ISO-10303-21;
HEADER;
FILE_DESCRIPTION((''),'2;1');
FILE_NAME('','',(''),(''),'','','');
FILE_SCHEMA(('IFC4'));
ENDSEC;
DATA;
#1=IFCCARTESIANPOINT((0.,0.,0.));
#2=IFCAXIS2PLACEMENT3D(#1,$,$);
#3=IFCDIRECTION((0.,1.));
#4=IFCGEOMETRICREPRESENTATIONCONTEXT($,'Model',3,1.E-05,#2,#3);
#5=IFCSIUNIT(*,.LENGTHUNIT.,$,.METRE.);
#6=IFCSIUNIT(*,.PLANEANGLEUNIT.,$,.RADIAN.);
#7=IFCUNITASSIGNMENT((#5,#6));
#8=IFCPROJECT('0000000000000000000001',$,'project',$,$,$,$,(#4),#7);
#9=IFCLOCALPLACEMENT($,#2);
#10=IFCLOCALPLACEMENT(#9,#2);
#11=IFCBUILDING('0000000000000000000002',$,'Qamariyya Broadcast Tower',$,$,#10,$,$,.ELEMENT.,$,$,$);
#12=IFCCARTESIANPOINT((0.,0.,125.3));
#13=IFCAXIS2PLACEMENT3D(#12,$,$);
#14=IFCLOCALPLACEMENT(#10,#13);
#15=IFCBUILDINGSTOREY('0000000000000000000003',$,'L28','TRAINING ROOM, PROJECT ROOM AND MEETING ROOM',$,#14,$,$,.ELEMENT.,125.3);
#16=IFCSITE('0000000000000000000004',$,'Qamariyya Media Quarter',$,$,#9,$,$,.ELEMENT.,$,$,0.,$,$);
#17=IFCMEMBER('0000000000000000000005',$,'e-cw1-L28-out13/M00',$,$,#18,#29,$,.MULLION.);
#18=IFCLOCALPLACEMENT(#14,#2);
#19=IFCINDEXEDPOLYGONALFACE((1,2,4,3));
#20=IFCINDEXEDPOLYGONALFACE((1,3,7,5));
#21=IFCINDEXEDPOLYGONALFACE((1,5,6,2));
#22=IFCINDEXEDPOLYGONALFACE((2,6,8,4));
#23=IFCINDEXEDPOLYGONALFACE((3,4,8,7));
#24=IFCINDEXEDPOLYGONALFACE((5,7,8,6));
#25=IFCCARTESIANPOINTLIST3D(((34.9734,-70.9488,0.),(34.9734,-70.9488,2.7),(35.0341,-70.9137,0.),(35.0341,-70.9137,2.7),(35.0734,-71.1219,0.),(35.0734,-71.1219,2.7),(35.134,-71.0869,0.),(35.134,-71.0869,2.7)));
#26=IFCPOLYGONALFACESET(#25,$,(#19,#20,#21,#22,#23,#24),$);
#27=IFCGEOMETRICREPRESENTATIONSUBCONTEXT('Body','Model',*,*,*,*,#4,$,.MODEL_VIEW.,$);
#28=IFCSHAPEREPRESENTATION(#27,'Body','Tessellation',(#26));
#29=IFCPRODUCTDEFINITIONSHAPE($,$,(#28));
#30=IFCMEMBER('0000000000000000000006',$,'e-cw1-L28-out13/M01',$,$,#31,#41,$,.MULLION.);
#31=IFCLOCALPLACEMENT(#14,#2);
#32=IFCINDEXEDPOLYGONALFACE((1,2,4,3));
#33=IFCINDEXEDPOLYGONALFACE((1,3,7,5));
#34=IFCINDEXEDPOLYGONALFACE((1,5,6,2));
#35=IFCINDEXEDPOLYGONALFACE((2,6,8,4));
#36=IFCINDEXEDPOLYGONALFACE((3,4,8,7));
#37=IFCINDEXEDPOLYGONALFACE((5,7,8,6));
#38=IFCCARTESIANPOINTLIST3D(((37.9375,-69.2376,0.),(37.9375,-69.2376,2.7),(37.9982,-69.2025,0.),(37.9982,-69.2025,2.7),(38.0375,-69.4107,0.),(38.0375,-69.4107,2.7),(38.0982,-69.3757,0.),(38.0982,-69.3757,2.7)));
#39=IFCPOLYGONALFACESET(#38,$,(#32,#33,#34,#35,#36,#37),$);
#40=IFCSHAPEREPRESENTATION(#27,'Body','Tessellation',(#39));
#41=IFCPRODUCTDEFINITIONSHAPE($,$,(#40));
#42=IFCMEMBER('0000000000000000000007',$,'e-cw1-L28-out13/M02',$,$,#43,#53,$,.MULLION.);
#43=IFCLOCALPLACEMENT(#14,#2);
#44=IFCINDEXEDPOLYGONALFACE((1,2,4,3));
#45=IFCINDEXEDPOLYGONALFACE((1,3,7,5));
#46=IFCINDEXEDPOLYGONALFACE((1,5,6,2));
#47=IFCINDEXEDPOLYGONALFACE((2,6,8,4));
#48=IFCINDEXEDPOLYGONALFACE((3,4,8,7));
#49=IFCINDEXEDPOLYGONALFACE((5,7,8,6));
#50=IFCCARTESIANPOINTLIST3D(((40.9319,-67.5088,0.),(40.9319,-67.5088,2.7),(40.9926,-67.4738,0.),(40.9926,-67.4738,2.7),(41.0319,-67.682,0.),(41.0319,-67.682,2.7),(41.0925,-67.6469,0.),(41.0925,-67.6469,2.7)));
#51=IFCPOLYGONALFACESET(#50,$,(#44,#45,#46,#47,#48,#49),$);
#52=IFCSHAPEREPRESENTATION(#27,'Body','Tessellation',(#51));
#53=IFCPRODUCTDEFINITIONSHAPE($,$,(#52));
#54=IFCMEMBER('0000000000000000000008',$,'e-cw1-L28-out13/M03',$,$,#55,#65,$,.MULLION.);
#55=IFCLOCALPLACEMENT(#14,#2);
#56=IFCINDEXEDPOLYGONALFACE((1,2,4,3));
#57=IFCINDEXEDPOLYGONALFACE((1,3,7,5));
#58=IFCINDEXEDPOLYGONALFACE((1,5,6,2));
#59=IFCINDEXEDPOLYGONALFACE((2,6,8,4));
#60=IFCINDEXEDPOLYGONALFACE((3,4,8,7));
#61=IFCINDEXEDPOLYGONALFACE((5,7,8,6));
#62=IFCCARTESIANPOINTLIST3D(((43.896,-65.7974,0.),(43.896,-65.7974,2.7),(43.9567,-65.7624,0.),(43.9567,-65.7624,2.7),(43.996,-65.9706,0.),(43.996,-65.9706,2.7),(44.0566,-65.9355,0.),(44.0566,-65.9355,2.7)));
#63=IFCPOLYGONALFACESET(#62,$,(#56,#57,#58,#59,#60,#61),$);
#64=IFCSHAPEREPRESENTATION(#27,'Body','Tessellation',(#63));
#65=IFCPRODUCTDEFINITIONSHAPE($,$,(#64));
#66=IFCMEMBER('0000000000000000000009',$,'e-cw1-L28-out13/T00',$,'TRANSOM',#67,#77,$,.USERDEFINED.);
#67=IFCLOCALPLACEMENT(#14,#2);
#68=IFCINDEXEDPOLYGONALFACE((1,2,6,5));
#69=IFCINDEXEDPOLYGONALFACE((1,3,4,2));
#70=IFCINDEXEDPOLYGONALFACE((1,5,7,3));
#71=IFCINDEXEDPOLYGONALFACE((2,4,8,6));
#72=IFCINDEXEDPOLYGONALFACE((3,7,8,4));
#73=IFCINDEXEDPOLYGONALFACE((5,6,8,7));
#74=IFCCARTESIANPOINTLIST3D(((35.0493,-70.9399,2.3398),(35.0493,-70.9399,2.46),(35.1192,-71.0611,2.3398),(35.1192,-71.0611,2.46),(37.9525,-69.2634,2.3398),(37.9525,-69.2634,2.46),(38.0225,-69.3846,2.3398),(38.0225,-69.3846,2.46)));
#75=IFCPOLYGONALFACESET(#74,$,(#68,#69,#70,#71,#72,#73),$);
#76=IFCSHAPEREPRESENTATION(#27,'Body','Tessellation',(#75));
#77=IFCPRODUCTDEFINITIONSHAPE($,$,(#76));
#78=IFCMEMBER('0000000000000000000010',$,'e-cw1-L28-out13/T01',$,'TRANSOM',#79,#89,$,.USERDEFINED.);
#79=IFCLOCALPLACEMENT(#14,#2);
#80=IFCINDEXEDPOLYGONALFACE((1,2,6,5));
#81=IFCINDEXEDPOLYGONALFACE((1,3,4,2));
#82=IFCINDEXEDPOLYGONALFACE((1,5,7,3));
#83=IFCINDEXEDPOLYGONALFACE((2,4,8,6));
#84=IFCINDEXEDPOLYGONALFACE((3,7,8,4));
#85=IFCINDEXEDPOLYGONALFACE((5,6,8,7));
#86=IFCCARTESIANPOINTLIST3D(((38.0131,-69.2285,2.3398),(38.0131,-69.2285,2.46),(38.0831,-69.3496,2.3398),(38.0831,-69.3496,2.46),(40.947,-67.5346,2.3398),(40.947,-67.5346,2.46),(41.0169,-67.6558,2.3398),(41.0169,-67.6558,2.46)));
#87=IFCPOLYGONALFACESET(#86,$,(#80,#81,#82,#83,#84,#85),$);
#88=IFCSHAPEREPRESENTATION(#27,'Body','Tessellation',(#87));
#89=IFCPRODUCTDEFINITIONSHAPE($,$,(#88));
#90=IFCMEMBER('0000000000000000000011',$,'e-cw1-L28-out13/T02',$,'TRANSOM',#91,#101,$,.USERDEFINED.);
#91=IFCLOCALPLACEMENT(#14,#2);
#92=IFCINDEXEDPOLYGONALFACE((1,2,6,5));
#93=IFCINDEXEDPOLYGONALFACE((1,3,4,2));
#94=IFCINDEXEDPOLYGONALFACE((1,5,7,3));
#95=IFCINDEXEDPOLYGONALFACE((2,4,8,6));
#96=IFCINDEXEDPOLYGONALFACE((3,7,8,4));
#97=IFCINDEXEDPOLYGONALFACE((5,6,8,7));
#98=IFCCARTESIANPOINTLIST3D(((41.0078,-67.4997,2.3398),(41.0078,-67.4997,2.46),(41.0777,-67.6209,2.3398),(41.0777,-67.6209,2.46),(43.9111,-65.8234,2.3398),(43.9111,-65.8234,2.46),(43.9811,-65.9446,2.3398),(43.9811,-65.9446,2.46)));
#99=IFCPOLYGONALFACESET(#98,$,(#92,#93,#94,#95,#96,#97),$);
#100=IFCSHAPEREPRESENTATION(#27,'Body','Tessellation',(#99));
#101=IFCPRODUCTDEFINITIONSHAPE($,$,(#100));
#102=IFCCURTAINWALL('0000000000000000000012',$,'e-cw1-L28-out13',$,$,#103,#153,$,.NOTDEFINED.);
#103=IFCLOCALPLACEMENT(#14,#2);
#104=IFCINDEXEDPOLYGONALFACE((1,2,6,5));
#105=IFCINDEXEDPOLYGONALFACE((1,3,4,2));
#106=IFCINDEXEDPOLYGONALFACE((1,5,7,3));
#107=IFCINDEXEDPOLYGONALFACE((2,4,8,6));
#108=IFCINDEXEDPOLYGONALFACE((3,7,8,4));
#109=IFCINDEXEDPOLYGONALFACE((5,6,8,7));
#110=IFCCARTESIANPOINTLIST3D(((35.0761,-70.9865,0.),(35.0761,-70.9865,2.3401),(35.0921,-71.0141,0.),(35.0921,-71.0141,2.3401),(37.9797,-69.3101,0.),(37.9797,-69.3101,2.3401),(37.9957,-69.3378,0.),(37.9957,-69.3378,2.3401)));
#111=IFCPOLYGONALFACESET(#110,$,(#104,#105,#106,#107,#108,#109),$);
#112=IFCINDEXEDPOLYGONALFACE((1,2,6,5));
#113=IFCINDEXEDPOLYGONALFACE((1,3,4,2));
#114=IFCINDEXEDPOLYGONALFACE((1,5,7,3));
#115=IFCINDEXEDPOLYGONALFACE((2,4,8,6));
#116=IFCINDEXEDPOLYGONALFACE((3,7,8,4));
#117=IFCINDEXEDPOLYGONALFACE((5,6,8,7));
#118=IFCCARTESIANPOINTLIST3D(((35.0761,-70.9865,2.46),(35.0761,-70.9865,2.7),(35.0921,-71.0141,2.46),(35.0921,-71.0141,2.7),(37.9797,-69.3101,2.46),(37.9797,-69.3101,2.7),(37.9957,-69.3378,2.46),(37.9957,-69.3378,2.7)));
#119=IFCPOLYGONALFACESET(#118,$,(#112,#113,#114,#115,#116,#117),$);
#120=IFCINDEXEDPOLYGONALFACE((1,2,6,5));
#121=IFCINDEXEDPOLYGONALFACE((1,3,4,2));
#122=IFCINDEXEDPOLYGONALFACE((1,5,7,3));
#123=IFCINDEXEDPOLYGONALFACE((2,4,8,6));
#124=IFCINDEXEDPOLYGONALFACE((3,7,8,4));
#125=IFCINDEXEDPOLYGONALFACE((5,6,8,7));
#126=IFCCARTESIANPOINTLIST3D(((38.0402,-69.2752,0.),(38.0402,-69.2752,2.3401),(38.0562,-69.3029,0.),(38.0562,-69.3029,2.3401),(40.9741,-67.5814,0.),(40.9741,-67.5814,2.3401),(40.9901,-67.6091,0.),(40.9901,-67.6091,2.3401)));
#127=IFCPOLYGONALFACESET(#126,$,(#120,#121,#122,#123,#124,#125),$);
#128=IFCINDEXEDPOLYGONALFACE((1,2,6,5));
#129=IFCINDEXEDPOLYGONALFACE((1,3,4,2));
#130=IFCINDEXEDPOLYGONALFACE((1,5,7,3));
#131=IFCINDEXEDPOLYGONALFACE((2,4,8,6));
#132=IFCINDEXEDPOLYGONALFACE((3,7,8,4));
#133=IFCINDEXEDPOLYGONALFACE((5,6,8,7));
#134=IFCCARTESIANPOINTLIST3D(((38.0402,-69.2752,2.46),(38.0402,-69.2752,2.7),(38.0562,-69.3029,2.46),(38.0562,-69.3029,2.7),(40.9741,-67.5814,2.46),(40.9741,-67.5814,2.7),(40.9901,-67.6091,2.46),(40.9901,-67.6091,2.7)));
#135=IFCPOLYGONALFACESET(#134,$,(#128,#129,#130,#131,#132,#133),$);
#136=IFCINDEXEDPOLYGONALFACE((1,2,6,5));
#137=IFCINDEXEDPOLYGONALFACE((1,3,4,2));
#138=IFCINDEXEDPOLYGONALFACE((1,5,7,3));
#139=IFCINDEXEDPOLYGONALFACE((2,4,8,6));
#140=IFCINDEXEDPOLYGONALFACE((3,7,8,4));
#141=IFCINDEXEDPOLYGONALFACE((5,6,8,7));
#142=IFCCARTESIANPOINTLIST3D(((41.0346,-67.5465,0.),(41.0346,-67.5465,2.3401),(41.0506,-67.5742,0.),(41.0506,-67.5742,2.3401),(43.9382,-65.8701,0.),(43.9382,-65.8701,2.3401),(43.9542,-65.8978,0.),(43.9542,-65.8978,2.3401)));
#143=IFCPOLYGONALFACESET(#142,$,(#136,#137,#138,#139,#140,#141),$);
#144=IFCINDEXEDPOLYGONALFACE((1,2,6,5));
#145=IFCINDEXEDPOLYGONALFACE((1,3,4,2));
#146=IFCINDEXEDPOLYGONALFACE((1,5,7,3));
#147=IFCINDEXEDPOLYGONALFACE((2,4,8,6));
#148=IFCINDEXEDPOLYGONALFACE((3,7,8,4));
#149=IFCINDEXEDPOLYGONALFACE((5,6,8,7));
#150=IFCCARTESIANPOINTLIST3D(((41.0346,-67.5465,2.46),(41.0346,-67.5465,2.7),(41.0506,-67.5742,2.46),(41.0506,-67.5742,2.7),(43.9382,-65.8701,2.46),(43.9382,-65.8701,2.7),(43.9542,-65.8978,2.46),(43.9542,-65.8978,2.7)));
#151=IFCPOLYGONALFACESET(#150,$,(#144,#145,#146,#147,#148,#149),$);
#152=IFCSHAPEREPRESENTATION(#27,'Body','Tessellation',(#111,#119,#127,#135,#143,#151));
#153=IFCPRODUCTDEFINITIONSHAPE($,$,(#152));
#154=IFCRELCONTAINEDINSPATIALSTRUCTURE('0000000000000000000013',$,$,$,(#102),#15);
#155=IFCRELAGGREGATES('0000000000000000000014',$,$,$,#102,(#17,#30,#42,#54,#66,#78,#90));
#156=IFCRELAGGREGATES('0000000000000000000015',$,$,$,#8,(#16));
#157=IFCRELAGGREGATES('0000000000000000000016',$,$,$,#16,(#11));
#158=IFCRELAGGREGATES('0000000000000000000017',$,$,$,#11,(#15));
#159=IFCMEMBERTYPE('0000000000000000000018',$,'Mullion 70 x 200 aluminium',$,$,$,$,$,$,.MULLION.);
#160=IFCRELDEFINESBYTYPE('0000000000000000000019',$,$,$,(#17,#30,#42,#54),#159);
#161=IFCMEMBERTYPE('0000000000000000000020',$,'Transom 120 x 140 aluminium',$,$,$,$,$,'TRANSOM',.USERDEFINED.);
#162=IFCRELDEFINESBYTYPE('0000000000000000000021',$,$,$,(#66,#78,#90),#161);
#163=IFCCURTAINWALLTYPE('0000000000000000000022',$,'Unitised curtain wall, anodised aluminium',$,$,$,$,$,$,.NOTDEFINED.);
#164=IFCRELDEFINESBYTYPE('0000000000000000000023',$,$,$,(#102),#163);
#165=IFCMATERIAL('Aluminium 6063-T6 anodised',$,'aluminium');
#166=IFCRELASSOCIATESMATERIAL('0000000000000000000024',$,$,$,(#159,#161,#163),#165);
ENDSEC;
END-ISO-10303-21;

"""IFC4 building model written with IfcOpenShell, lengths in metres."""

from ifc_helpers import new_model, si_unit, direction, frame, origin, origin_2d, place, context, subcontext, project, spatial, rectangle, extrude, material, material_profile, profile_set, type_object, element, aggregate, save


model = new_model("IFC4")

# Units and contexts
model_context = context("Model", 3, precision=1e-05, world=origin(), true_north=direction((0.0, 1.0)))
body_context = subcontext(model_context, "Body", "Model", "MODEL_VIEW")
ifc_project = project(units=[si_unit("LENGTHUNIT", "METRE"), si_unit("PLANEANGLEUNIT", "RADIAN")], contexts=[model_context])

# Members
ifc_material = material(Name="Aluminium 6063-T6 anodised", Category="aluminium")
ifc_material_profile_1 = material_profile(ifc_material, rectangle(XDim=0.2, YDim=0.0701, at=origin_2d()))
ifc_profile_set_1 = profile_set([ifc_material_profile_1], Name="Aluminium 6063-T6 anodised")
member_type_1 = type_object("IfcMemberType", Name="Mullion 70 x 200 aluminium", PredefinedType="MULLION", material=ifc_profile_set_1)
site_placement = place(None, origin())
building_placement = place(site_placement, origin())
storey_placement = place(building_placement, frame((0.0, 0.0, 125.3)))
member_1_placement = place(storey_placement, frame((35.0537, -71.0178, 0.0), z_axis=(0.0, 0.0, 1.0), x_axis=(-0.5, 0.866025, 0.0)))
member_1 = element("IfcMember", 1, at=member_1_placement, type_object=member_type_1, Name="e-cw1-L28-out13/M00", PredefinedType="MULLION", context=body_context, shape_type="SweptSolid", body=[
    extrude(rectangle(XDim=0.2, YDim=0.0701, at=origin_2d()), origin(), (0.0, 0.0, 1.0), 2.7),
])
member_2_placement = place(storey_placement, frame((38.0178, -69.3066, 0.0), z_axis=(0.0, 0.0, 1.0), x_axis=(-0.5, 0.866025, 0.0)))
member_2 = element("IfcMember", 2, at=member_2_placement, type_object=member_type_1, Name="e-cw1-L28-out13/M01", PredefinedType="MULLION", context=body_context, shape_type="SweptSolid", body=[
    extrude(rectangle(XDim=0.2, YDim=0.0701, at=origin_2d()), origin(), (0.0, 0.0, 1.0), 2.7),
])
member_3_placement = place(storey_placement, frame((41.0122, -67.5779, 0.0), z_axis=(0.0, 0.0, 1.0), x_axis=(-0.5, 0.866025, 0.0)))
member_3 = element("IfcMember", 3, at=member_3_placement, type_object=member_type_1, Name="e-cw1-L28-out13/M02", PredefinedType="MULLION", context=body_context, shape_type="SweptSolid", body=[
    extrude(rectangle(XDim=0.2, YDim=0.0701, at=origin_2d()), origin(), (0.0, 0.0, 1.0), 2.7),
])
member_4_placement = place(storey_placement, frame((43.9763, -65.8665, 0.0), z_axis=(0.0, 0.0, 1.0), x_axis=(-0.5, 0.866025, 0.0)))
member_4 = element("IfcMember", 4, at=member_4_placement, type_object=member_type_1, Name="e-cw1-L28-out13/M03", PredefinedType="MULLION", context=body_context, shape_type="SweptSolid", body=[
    extrude(rectangle(XDim=0.2, YDim=0.0701, at=origin_2d()), origin(), (0.0, 0.0, 1.0), 2.7),
])
ifc_material_profile_2 = material_profile(ifc_material, rectangle(XDim=0.1399, YDim=0.1201, at=origin_2d()))
ifc_profile_set_2 = profile_set([ifc_material_profile_2], Name="Aluminium 6063-T6 anodised")
member_type_2 = type_object("IfcMemberType", Name="Transom 120 x 140 aluminium", ElementType="TRANSOM", PredefinedType="USERDEFINED", material=ifc_profile_set_2)
member_5_placement = place(storey_placement, frame((35.0842, -71.0005, 2.3999), z_axis=(0.865989, 0.500063, 0.0), x_axis=(-0.500063, 0.865989, 0.0)))
member_5 = element("IfcMember", 5, at=member_5_placement, type_object=member_type_2, Name="e-cw1-L28-out13/T00", ObjectType="TRANSOM", PredefinedType="USERDEFINED", context=body_context, shape_type="SweptSolid", body=[
    extrude(rectangle(XDim=0.1399, YDim=0.1201, at=origin_2d()), origin(), (0.0, 0.0, 1.0), 3.3525),
])
member_6_placement = place(storey_placement, frame((38.0481, -69.2891, 2.3999), z_axis=(0.866026, 0.499999, 0.0), x_axis=(-0.499999, 0.866026, 0.0)))
member_6 = element("IfcMember", 6, at=member_6_placement, type_object=member_type_2, Name="e-cw1-L28-out13/T01", ObjectType="TRANSOM", PredefinedType="USERDEFINED", context=body_context, shape_type="SweptSolid", body=[
    extrude(rectangle(XDim=0.1399, YDim=0.1201, at=origin_2d()), origin(), (0.0, 0.0, 1.0), 3.3877),
])
member_7_placement = place(storey_placement, frame((41.0427, -67.5603, 2.3999), z_axis=(0.866021, 0.500008, 0.0), x_axis=(-0.500008, 0.866021, 0.0)))
member_7 = element("IfcMember", 7, at=member_7_placement, type_object=member_type_2, Name="e-cw1-L28-out13/T02", ObjectType="TRANSOM", PredefinedType="USERDEFINED", context=body_context, shape_type="SweptSolid", body=[
    extrude(rectangle(XDim=0.1399, YDim=0.1201, at=origin_2d()), origin(), (0.0, 0.0, 1.0), 3.3525),
])

# Site, building, storey
site = spatial("IfcSite", under=ifc_project, at=site_placement, Name="Qamariyya Media Quarter", CompositionType="ELEMENT", RefElevation=0.0)
building = spatial("IfcBuilding", under=site, at=building_placement, Name="Qamariyya Broadcast Tower", CompositionType="ELEMENT")
storey = spatial("IfcBuildingStorey", under=building, at=storey_placement, Name="L28", Description="TRAINING ROOM, PROJECT ROOM AND MEETING ROOM", CompositionType="ELEMENT", Elevation=125.3)

# Curtain wall
curtain_wall_type = type_object("IfcCurtainWallType", Name="Unitised curtain wall, anodised aluminium", PredefinedType="NOTDEFINED", material=ifc_material)
curtain_wall_1_placement = place(storey_placement, origin())
curtain_wall_1 = element("IfcCurtainWall", 8, at=curtain_wall_1_placement, inside=storey, type_object=curtain_wall_type, Name="e-cw1-L28-out13", PredefinedType="NOTDEFINED", context=body_context, shape_type="SweptSolid", body=[
    extrude(rectangle(XDim=3.3528, YDim=0.032, at=origin_2d()), frame((36.5359, -70.1621, 0.0), x_axis=(0.866027, 0.499997, 0.0)), (0.0, 0.0, 1.0), 2.3401),
    extrude(rectangle(XDim=3.3528, YDim=0.032, at=origin_2d()), frame((36.5359, -70.1621, 2.46), x_axis=(0.866027, 0.499997, 0.0)), (0.0, 0.0, 1.0), 0.24),
    extrude(rectangle(XDim=3.3877, YDim=0.032, at=origin_2d()), frame((39.5151, -68.4421, 0.0), x_axis=(0.866027, 0.499997, 0.0)), (0.0, 0.0, 1.0), 2.3401),
    extrude(rectangle(XDim=3.3877, YDim=0.032, at=origin_2d()), frame((39.5151, -68.4421, 2.46), x_axis=(0.866027, 0.499997, 0.0)), (0.0, 0.0, 1.0), 0.24),
    extrude(rectangle(XDim=3.3528, YDim=0.032, at=origin_2d()), frame((42.4944, -66.7222, 0.0), x_axis=(0.866027, 0.499997, 0.0)), (0.0, 0.0, 1.0), 2.3401),
    extrude(rectangle(XDim=3.3528, YDim=0.032, at=origin_2d()), frame((42.4944, -66.7222, 2.46), x_axis=(0.866027, 0.499997, 0.0)), (0.0, 0.0, 1.0), 0.24),
])
aggregate(curtain_wall_1, [member_1, member_2, member_3, member_4, member_5, member_6, member_7])

save(model, "model.ifc")
